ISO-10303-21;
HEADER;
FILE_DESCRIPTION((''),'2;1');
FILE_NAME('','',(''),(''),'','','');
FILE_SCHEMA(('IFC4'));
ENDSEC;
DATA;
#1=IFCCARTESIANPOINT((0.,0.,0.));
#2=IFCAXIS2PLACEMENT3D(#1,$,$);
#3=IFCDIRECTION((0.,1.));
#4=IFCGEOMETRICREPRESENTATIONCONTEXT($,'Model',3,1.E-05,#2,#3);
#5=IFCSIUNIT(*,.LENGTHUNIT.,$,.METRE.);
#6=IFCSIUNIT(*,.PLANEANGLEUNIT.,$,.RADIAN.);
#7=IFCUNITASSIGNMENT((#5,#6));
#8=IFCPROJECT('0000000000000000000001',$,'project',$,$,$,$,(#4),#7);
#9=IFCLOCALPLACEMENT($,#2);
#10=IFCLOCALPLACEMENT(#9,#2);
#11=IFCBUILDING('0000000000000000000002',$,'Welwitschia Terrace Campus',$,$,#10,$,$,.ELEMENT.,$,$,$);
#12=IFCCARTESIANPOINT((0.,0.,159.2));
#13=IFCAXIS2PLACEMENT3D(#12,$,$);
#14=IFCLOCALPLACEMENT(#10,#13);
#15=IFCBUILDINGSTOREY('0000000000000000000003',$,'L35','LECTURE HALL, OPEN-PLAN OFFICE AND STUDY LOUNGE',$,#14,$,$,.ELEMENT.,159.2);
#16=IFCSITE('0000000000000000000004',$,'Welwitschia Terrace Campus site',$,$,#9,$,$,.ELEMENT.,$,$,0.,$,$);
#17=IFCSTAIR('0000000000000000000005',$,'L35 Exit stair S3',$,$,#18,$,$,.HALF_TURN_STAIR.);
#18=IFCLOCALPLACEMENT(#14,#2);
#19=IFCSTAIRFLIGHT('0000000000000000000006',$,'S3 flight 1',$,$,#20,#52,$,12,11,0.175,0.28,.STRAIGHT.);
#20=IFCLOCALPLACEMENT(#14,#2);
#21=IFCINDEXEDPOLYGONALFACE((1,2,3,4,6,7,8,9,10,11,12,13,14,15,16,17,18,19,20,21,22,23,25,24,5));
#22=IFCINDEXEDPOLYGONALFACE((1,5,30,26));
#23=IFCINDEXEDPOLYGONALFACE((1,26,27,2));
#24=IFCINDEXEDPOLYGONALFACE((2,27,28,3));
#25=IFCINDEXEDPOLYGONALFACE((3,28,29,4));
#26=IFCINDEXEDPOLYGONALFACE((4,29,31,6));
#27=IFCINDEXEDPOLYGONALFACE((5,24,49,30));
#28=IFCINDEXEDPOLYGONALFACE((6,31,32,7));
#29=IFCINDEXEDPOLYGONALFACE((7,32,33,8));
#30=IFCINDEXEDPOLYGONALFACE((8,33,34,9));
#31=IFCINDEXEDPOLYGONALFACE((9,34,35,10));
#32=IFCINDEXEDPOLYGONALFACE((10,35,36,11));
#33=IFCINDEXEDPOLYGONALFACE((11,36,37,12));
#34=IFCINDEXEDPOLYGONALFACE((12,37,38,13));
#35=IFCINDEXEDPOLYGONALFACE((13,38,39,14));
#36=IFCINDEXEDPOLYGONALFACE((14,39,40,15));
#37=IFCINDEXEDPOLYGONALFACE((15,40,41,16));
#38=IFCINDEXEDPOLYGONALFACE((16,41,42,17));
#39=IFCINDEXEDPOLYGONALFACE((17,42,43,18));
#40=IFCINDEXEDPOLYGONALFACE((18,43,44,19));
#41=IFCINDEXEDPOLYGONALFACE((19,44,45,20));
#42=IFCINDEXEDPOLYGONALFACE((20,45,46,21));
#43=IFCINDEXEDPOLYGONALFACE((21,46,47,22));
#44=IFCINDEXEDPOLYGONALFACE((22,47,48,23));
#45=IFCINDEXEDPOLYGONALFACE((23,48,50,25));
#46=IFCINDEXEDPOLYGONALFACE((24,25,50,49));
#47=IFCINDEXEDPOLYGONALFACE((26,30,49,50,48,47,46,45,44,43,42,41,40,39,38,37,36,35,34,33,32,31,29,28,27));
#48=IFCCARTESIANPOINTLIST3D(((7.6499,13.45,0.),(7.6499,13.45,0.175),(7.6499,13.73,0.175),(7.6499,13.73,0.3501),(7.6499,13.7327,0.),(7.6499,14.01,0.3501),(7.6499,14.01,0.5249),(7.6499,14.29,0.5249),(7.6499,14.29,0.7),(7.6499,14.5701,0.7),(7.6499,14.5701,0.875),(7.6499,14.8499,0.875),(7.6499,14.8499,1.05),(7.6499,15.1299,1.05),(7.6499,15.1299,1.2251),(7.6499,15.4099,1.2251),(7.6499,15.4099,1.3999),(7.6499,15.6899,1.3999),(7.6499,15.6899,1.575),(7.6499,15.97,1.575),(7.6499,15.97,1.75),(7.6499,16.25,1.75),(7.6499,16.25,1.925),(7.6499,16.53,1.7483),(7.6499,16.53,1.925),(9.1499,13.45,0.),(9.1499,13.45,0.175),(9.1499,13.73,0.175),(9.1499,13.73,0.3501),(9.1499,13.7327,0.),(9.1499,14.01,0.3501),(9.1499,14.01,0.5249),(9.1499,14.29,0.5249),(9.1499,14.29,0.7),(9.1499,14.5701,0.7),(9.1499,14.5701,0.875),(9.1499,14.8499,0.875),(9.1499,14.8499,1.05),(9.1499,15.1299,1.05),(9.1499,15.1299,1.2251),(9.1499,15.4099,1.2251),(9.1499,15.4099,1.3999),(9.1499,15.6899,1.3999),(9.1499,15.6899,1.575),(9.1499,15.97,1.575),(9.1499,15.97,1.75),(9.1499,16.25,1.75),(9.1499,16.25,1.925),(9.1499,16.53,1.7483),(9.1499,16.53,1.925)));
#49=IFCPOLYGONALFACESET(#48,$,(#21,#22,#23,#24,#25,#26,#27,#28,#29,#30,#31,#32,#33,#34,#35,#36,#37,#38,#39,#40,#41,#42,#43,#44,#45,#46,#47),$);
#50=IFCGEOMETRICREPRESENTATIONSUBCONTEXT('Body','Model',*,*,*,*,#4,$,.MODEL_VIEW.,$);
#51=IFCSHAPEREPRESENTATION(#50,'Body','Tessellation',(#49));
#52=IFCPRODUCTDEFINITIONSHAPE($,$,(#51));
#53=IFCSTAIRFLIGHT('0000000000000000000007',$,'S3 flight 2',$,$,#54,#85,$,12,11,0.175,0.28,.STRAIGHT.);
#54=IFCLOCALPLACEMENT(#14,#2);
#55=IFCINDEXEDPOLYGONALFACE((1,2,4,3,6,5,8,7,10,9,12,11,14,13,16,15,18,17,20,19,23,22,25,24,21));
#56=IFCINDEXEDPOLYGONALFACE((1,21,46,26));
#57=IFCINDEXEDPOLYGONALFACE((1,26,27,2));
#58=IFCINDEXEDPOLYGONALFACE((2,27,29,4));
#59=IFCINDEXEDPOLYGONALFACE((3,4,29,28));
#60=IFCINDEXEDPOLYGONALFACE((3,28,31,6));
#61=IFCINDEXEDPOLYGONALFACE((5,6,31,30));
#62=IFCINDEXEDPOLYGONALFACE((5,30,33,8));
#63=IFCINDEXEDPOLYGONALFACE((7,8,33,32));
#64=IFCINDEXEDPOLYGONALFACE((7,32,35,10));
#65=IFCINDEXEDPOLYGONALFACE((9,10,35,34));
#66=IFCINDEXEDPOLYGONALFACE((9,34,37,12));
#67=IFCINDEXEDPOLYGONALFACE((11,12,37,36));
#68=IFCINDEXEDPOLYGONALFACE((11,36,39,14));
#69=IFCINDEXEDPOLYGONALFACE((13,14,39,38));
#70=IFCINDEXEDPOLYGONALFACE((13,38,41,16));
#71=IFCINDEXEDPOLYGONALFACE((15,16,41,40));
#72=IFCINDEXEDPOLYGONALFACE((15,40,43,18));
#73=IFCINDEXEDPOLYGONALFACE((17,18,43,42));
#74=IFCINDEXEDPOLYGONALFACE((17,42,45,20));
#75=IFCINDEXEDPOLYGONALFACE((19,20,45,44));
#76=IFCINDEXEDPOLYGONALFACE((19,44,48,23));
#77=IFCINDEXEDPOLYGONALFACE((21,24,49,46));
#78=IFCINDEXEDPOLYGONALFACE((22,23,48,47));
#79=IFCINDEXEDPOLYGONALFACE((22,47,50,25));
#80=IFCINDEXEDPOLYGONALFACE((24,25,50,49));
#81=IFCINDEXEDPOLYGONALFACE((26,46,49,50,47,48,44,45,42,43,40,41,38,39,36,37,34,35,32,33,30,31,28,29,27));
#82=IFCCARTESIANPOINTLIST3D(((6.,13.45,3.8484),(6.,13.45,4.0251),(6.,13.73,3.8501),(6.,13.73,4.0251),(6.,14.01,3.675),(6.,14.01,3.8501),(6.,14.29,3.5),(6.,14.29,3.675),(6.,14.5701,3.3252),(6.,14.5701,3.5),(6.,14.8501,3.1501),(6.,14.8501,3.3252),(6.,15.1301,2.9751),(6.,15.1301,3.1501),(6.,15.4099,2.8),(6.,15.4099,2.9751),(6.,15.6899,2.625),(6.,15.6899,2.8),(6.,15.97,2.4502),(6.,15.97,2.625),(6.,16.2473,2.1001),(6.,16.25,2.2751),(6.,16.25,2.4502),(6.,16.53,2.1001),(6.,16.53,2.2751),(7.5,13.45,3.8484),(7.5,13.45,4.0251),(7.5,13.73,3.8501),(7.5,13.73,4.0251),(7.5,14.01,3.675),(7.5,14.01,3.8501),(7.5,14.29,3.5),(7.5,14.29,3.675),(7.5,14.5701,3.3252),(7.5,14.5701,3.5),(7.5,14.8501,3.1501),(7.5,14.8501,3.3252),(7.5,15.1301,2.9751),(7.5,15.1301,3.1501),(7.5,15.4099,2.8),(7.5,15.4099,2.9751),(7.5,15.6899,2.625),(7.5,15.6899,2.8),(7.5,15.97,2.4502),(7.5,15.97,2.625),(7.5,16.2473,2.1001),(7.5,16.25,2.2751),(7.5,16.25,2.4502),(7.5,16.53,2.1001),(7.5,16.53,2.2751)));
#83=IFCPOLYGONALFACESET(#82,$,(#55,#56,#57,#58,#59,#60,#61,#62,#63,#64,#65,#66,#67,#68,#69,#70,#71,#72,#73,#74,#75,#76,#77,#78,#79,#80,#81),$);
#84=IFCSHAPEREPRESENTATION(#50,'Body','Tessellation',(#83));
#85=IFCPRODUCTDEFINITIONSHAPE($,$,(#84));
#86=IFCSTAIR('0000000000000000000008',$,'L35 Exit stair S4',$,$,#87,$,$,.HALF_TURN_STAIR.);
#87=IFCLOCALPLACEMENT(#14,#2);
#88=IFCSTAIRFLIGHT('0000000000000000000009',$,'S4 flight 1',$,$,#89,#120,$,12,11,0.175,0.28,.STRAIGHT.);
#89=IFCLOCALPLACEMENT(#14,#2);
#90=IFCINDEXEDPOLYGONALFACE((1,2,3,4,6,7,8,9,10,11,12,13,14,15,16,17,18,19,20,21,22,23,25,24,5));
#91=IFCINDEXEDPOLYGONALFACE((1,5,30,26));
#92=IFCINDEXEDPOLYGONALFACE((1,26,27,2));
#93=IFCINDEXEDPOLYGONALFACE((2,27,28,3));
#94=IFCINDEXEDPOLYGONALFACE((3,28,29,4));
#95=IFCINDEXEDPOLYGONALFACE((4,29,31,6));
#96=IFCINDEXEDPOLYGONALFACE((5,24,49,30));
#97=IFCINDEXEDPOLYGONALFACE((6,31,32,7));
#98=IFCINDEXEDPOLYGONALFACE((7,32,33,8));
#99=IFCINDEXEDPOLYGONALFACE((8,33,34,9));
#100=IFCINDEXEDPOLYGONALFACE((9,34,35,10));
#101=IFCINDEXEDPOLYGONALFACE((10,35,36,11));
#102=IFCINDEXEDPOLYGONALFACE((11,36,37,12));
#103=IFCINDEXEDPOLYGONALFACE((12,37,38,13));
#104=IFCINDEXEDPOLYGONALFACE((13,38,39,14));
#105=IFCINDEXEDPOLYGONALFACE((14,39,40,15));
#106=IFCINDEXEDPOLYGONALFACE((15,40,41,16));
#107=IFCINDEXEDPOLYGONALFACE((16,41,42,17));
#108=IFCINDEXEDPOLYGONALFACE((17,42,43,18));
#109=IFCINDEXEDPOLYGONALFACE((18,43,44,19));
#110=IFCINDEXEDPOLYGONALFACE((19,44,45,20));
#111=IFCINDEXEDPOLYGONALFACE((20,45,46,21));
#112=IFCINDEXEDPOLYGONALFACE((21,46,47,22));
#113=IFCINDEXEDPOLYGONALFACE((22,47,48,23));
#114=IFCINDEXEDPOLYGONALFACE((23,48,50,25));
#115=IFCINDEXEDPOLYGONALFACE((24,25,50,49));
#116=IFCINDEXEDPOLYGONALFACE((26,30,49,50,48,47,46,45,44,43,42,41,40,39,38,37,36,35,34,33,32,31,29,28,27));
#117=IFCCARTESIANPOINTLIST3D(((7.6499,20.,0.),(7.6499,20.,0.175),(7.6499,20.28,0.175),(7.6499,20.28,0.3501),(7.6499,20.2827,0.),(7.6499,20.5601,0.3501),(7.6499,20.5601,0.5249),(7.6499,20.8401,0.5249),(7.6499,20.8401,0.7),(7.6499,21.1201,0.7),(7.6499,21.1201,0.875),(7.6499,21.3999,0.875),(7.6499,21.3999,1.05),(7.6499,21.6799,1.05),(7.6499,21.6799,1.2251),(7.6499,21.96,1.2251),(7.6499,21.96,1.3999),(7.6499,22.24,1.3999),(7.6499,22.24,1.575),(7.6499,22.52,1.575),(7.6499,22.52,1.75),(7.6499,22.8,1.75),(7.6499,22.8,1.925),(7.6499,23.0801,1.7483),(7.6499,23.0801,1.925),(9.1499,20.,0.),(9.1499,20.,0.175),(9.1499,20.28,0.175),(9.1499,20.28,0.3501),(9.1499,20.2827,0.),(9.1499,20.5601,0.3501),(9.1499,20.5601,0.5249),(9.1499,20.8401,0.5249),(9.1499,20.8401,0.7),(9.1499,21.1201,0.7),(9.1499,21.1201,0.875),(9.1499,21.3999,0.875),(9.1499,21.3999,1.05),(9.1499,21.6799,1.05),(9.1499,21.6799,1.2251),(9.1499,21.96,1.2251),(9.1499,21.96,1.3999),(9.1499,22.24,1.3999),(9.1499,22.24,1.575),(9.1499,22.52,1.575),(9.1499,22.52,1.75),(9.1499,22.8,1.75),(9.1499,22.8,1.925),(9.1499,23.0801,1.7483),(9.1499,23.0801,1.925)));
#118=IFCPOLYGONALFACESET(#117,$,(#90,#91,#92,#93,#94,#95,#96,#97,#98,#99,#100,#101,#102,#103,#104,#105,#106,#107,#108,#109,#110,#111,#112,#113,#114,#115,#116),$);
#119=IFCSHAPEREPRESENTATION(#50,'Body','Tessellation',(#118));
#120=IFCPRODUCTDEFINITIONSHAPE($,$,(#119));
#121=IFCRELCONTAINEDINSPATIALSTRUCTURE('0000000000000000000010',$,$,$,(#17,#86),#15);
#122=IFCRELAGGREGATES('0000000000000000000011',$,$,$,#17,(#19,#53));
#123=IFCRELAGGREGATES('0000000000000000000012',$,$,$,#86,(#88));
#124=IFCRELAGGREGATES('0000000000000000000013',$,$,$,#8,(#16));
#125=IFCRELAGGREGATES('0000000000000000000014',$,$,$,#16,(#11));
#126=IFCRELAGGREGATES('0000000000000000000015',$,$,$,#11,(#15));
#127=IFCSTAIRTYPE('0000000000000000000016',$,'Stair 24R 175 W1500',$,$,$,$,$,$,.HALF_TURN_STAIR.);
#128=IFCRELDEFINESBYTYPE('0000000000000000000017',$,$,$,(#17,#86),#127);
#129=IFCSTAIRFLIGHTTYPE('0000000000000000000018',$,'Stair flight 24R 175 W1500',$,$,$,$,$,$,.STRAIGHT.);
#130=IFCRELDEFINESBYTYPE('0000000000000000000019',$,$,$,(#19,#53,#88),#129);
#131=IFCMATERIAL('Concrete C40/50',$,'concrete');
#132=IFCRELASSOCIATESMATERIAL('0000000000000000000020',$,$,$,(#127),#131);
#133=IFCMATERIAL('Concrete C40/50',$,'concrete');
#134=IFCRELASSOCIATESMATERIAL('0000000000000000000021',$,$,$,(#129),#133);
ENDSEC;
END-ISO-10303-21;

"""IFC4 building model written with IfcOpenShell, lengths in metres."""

from ifc_helpers import new_model, si_unit, direction, frame, origin, place, context, subcontext, project, spatial, polyline, outline, extrude, material, type_object, element, aggregate, save


model = new_model("IFC4")

# Units and contexts
model_context = context("Model", 3, precision=1e-05, world=origin(), true_north=direction((0.0, 1.0)))
body_context = subcontext(model_context, "Body", "Model", "MODEL_VIEW")
ifc_project = project(units=[si_unit("LENGTHUNIT", "METRE"), si_unit("PLANEANGLEUNIT", "RADIAN")], contexts=[model_context])

# Site, building, storey
site_placement = place(None, origin())
site = spatial("IfcSite", under=ifc_project, at=site_placement, Name="Welwitschia Terrace Campus site", CompositionType="ELEMENT", RefElevation=0.0)
building_placement = place(site_placement, origin())
building = spatial("IfcBuilding", under=site, at=building_placement, Name="Welwitschia Terrace Campus", CompositionType="ELEMENT")
storey_placement = place(building_placement, frame((0.0, 0.0, 159.2)))
storey = spatial("IfcBuildingStorey", under=building, at=storey_placement, Name="L35", Description="LECTURE HALL, OPEN-PLAN OFFICE AND STUDY LOUNGE", CompositionType="ELEMENT", Elevation=159.2)

# Shared definitions
ifc_material_1 = material(Name="Concrete C40/50", Category="concrete")
stair_type = type_object("IfcStairType", Name="Stair 24R 175 W1500", PredefinedType="HALF_TURN_STAIR", material=ifc_material_1)
ifc_material_2 = material(Name="Concrete C40/50", Category="concrete")
stair_flight_type = type_object("IfcStairFlightType", Name="Stair flight 24R 175 W1500", PredefinedType="STRAIGHT", material=ifc_material_2)

# Stair, stair flights
stair_1_placement = place(storey_placement, origin())
stair_1 = element("IfcStair", 1, at=stair_1_placement, inside=storey, type_object=stair_type, Name="L35 Exit stair S3", PredefinedType="HALF_TURN_STAIR")
stair_flight_1_placement = place(storey_placement, frame((8.3999, 13.45, 0.0), z_axis=(0.0, 0.0, 1.0), x_axis=(0.0, 1.0, 0.0)))
stair_flight_1 = element("IfcStairFlight", 2, at=stair_flight_1_placement, type_object=stair_flight_type, Name="S3 flight 1", NumberOfRisers=12, NumberOfTreads=11, PredefinedType="STRAIGHT", RiserHeight=0.175, TreadLength=0.28, context=body_context, shape_type="SweptSolid", body=[
    extrude(outline(polyline([(0.0, 0.0), (0.0, 0.175), (0.28, 0.175), (0.28, 0.3501), (0.5601, 0.3501), (0.5601, 0.5249), (0.8401, 0.5249), (0.8401, 0.7), (1.1201, 0.7), (1.1201, 0.875), (1.3999, 0.875), (1.3999, 1.05), (1.6799, 1.05), (1.6799, 1.2251), (1.96, 1.2251), (1.96, 1.3999), (2.24, 1.3999), (2.24, 1.575), (2.52, 1.575), (2.52, 1.75), (2.8, 1.75), (2.8, 1.925), (3.0801, 1.925), (3.0801, 2.1001), (3.0801, 1.7483), (0.2827, 0.0), (0.0, 0.0)])), frame((0.0, 0.75, 0.0), z_axis=(0.0, -1.0, 0.0), x_axis=(1.0, 0.0, 0.0)), (0.0, 0.0, 1.0), 1.5),
])
stair_flight_2_placement = place(storey_placement, frame((6.75, 16.53, 2.1001), z_axis=(0.0, 0.0, 1.0), x_axis=(0.0, -1.0, 0.0)))
stair_flight_2 = element("IfcStairFlight", 3, at=stair_flight_2_placement, type_object=stair_flight_type, Name="S3 flight 2", NumberOfRisers=12, NumberOfTreads=11, PredefinedType="STRAIGHT", RiserHeight=0.175, TreadLength=0.28, context=body_context, shape_type="SweptSolid", body=[
    extrude(outline(polyline([(0.0, 0.0), (0.0, 0.175), (0.28, 0.175), (0.28, 0.3501), (0.5601, 0.3501), (0.5601, 0.5249), (0.8401, 0.5249), (0.8401, 0.7), (1.1201, 0.7), (1.1201, 0.875), (1.3999, 0.875), (1.3999, 1.05), (1.6799, 1.05), (1.6799, 1.2251), (1.96, 1.2251), (1.96, 1.3999), (2.24, 1.3999), (2.24, 1.575), (2.52, 1.575), (2.52, 1.75), (2.8, 1.75), (2.8, 1.925), (3.0801, 1.925), (3.0801, 2.1001), (3.0801, 1.7483), (0.2827, 0.0), (0.0, 0.0)])), frame((0.0, 0.75, 0.0), z_axis=(0.0, -1.0, 0.0), x_axis=(1.0, 0.0, 0.0)), (0.0, 0.0, 1.0), 1.5),
])
aggregate(stair_1, [stair_flight_1, stair_flight_2])

# Stair, stair flight
stair_2_placement = place(storey_placement, origin())
stair_2 = element("IfcStair", 4, at=stair_2_placement, inside=storey, type_object=stair_type, Name="L35 Exit stair S4", PredefinedType="HALF_TURN_STAIR")
stair_flight_3_placement = place(storey_placement, frame((8.3999, 20.0, 0.0), z_axis=(0.0, 0.0, 1.0), x_axis=(0.0, 1.0, 0.0)))
stair_flight_3 = element("IfcStairFlight", 5, at=stair_flight_3_placement, type_object=stair_flight_type, Name="S4 flight 1", NumberOfRisers=12, NumberOfTreads=11, PredefinedType="STRAIGHT", RiserHeight=0.175, TreadLength=0.28, context=body_context, shape_type="SweptSolid", body=[
    extrude(outline(polyline([(0.0, 0.0), (0.0, 0.175), (0.28, 0.175), (0.28, 0.3501), (0.5601, 0.3501), (0.5601, 0.5249), (0.8401, 0.5249), (0.8401, 0.7), (1.1201, 0.7), (1.1201, 0.875), (1.3999, 0.875), (1.3999, 1.05), (1.6799, 1.05), (1.6799, 1.2251), (1.96, 1.2251), (1.96, 1.3999), (2.24, 1.3999), (2.24, 1.575), (2.52, 1.575), (2.52, 1.75), (2.8, 1.75), (2.8, 1.925), (3.0801, 1.925), (3.0801, 2.1001), (3.0801, 1.7483), (0.2827, 0.0), (0.0, 0.0)])), frame((0.0, 0.75, 0.0), z_axis=(0.0, -1.0, 0.0), x_axis=(1.0, 0.0, 0.0)), (0.0, 0.0, 1.0), 1.5),
])
aggregate(stair_2, [stair_flight_3])

save(model, "model.ifc")
